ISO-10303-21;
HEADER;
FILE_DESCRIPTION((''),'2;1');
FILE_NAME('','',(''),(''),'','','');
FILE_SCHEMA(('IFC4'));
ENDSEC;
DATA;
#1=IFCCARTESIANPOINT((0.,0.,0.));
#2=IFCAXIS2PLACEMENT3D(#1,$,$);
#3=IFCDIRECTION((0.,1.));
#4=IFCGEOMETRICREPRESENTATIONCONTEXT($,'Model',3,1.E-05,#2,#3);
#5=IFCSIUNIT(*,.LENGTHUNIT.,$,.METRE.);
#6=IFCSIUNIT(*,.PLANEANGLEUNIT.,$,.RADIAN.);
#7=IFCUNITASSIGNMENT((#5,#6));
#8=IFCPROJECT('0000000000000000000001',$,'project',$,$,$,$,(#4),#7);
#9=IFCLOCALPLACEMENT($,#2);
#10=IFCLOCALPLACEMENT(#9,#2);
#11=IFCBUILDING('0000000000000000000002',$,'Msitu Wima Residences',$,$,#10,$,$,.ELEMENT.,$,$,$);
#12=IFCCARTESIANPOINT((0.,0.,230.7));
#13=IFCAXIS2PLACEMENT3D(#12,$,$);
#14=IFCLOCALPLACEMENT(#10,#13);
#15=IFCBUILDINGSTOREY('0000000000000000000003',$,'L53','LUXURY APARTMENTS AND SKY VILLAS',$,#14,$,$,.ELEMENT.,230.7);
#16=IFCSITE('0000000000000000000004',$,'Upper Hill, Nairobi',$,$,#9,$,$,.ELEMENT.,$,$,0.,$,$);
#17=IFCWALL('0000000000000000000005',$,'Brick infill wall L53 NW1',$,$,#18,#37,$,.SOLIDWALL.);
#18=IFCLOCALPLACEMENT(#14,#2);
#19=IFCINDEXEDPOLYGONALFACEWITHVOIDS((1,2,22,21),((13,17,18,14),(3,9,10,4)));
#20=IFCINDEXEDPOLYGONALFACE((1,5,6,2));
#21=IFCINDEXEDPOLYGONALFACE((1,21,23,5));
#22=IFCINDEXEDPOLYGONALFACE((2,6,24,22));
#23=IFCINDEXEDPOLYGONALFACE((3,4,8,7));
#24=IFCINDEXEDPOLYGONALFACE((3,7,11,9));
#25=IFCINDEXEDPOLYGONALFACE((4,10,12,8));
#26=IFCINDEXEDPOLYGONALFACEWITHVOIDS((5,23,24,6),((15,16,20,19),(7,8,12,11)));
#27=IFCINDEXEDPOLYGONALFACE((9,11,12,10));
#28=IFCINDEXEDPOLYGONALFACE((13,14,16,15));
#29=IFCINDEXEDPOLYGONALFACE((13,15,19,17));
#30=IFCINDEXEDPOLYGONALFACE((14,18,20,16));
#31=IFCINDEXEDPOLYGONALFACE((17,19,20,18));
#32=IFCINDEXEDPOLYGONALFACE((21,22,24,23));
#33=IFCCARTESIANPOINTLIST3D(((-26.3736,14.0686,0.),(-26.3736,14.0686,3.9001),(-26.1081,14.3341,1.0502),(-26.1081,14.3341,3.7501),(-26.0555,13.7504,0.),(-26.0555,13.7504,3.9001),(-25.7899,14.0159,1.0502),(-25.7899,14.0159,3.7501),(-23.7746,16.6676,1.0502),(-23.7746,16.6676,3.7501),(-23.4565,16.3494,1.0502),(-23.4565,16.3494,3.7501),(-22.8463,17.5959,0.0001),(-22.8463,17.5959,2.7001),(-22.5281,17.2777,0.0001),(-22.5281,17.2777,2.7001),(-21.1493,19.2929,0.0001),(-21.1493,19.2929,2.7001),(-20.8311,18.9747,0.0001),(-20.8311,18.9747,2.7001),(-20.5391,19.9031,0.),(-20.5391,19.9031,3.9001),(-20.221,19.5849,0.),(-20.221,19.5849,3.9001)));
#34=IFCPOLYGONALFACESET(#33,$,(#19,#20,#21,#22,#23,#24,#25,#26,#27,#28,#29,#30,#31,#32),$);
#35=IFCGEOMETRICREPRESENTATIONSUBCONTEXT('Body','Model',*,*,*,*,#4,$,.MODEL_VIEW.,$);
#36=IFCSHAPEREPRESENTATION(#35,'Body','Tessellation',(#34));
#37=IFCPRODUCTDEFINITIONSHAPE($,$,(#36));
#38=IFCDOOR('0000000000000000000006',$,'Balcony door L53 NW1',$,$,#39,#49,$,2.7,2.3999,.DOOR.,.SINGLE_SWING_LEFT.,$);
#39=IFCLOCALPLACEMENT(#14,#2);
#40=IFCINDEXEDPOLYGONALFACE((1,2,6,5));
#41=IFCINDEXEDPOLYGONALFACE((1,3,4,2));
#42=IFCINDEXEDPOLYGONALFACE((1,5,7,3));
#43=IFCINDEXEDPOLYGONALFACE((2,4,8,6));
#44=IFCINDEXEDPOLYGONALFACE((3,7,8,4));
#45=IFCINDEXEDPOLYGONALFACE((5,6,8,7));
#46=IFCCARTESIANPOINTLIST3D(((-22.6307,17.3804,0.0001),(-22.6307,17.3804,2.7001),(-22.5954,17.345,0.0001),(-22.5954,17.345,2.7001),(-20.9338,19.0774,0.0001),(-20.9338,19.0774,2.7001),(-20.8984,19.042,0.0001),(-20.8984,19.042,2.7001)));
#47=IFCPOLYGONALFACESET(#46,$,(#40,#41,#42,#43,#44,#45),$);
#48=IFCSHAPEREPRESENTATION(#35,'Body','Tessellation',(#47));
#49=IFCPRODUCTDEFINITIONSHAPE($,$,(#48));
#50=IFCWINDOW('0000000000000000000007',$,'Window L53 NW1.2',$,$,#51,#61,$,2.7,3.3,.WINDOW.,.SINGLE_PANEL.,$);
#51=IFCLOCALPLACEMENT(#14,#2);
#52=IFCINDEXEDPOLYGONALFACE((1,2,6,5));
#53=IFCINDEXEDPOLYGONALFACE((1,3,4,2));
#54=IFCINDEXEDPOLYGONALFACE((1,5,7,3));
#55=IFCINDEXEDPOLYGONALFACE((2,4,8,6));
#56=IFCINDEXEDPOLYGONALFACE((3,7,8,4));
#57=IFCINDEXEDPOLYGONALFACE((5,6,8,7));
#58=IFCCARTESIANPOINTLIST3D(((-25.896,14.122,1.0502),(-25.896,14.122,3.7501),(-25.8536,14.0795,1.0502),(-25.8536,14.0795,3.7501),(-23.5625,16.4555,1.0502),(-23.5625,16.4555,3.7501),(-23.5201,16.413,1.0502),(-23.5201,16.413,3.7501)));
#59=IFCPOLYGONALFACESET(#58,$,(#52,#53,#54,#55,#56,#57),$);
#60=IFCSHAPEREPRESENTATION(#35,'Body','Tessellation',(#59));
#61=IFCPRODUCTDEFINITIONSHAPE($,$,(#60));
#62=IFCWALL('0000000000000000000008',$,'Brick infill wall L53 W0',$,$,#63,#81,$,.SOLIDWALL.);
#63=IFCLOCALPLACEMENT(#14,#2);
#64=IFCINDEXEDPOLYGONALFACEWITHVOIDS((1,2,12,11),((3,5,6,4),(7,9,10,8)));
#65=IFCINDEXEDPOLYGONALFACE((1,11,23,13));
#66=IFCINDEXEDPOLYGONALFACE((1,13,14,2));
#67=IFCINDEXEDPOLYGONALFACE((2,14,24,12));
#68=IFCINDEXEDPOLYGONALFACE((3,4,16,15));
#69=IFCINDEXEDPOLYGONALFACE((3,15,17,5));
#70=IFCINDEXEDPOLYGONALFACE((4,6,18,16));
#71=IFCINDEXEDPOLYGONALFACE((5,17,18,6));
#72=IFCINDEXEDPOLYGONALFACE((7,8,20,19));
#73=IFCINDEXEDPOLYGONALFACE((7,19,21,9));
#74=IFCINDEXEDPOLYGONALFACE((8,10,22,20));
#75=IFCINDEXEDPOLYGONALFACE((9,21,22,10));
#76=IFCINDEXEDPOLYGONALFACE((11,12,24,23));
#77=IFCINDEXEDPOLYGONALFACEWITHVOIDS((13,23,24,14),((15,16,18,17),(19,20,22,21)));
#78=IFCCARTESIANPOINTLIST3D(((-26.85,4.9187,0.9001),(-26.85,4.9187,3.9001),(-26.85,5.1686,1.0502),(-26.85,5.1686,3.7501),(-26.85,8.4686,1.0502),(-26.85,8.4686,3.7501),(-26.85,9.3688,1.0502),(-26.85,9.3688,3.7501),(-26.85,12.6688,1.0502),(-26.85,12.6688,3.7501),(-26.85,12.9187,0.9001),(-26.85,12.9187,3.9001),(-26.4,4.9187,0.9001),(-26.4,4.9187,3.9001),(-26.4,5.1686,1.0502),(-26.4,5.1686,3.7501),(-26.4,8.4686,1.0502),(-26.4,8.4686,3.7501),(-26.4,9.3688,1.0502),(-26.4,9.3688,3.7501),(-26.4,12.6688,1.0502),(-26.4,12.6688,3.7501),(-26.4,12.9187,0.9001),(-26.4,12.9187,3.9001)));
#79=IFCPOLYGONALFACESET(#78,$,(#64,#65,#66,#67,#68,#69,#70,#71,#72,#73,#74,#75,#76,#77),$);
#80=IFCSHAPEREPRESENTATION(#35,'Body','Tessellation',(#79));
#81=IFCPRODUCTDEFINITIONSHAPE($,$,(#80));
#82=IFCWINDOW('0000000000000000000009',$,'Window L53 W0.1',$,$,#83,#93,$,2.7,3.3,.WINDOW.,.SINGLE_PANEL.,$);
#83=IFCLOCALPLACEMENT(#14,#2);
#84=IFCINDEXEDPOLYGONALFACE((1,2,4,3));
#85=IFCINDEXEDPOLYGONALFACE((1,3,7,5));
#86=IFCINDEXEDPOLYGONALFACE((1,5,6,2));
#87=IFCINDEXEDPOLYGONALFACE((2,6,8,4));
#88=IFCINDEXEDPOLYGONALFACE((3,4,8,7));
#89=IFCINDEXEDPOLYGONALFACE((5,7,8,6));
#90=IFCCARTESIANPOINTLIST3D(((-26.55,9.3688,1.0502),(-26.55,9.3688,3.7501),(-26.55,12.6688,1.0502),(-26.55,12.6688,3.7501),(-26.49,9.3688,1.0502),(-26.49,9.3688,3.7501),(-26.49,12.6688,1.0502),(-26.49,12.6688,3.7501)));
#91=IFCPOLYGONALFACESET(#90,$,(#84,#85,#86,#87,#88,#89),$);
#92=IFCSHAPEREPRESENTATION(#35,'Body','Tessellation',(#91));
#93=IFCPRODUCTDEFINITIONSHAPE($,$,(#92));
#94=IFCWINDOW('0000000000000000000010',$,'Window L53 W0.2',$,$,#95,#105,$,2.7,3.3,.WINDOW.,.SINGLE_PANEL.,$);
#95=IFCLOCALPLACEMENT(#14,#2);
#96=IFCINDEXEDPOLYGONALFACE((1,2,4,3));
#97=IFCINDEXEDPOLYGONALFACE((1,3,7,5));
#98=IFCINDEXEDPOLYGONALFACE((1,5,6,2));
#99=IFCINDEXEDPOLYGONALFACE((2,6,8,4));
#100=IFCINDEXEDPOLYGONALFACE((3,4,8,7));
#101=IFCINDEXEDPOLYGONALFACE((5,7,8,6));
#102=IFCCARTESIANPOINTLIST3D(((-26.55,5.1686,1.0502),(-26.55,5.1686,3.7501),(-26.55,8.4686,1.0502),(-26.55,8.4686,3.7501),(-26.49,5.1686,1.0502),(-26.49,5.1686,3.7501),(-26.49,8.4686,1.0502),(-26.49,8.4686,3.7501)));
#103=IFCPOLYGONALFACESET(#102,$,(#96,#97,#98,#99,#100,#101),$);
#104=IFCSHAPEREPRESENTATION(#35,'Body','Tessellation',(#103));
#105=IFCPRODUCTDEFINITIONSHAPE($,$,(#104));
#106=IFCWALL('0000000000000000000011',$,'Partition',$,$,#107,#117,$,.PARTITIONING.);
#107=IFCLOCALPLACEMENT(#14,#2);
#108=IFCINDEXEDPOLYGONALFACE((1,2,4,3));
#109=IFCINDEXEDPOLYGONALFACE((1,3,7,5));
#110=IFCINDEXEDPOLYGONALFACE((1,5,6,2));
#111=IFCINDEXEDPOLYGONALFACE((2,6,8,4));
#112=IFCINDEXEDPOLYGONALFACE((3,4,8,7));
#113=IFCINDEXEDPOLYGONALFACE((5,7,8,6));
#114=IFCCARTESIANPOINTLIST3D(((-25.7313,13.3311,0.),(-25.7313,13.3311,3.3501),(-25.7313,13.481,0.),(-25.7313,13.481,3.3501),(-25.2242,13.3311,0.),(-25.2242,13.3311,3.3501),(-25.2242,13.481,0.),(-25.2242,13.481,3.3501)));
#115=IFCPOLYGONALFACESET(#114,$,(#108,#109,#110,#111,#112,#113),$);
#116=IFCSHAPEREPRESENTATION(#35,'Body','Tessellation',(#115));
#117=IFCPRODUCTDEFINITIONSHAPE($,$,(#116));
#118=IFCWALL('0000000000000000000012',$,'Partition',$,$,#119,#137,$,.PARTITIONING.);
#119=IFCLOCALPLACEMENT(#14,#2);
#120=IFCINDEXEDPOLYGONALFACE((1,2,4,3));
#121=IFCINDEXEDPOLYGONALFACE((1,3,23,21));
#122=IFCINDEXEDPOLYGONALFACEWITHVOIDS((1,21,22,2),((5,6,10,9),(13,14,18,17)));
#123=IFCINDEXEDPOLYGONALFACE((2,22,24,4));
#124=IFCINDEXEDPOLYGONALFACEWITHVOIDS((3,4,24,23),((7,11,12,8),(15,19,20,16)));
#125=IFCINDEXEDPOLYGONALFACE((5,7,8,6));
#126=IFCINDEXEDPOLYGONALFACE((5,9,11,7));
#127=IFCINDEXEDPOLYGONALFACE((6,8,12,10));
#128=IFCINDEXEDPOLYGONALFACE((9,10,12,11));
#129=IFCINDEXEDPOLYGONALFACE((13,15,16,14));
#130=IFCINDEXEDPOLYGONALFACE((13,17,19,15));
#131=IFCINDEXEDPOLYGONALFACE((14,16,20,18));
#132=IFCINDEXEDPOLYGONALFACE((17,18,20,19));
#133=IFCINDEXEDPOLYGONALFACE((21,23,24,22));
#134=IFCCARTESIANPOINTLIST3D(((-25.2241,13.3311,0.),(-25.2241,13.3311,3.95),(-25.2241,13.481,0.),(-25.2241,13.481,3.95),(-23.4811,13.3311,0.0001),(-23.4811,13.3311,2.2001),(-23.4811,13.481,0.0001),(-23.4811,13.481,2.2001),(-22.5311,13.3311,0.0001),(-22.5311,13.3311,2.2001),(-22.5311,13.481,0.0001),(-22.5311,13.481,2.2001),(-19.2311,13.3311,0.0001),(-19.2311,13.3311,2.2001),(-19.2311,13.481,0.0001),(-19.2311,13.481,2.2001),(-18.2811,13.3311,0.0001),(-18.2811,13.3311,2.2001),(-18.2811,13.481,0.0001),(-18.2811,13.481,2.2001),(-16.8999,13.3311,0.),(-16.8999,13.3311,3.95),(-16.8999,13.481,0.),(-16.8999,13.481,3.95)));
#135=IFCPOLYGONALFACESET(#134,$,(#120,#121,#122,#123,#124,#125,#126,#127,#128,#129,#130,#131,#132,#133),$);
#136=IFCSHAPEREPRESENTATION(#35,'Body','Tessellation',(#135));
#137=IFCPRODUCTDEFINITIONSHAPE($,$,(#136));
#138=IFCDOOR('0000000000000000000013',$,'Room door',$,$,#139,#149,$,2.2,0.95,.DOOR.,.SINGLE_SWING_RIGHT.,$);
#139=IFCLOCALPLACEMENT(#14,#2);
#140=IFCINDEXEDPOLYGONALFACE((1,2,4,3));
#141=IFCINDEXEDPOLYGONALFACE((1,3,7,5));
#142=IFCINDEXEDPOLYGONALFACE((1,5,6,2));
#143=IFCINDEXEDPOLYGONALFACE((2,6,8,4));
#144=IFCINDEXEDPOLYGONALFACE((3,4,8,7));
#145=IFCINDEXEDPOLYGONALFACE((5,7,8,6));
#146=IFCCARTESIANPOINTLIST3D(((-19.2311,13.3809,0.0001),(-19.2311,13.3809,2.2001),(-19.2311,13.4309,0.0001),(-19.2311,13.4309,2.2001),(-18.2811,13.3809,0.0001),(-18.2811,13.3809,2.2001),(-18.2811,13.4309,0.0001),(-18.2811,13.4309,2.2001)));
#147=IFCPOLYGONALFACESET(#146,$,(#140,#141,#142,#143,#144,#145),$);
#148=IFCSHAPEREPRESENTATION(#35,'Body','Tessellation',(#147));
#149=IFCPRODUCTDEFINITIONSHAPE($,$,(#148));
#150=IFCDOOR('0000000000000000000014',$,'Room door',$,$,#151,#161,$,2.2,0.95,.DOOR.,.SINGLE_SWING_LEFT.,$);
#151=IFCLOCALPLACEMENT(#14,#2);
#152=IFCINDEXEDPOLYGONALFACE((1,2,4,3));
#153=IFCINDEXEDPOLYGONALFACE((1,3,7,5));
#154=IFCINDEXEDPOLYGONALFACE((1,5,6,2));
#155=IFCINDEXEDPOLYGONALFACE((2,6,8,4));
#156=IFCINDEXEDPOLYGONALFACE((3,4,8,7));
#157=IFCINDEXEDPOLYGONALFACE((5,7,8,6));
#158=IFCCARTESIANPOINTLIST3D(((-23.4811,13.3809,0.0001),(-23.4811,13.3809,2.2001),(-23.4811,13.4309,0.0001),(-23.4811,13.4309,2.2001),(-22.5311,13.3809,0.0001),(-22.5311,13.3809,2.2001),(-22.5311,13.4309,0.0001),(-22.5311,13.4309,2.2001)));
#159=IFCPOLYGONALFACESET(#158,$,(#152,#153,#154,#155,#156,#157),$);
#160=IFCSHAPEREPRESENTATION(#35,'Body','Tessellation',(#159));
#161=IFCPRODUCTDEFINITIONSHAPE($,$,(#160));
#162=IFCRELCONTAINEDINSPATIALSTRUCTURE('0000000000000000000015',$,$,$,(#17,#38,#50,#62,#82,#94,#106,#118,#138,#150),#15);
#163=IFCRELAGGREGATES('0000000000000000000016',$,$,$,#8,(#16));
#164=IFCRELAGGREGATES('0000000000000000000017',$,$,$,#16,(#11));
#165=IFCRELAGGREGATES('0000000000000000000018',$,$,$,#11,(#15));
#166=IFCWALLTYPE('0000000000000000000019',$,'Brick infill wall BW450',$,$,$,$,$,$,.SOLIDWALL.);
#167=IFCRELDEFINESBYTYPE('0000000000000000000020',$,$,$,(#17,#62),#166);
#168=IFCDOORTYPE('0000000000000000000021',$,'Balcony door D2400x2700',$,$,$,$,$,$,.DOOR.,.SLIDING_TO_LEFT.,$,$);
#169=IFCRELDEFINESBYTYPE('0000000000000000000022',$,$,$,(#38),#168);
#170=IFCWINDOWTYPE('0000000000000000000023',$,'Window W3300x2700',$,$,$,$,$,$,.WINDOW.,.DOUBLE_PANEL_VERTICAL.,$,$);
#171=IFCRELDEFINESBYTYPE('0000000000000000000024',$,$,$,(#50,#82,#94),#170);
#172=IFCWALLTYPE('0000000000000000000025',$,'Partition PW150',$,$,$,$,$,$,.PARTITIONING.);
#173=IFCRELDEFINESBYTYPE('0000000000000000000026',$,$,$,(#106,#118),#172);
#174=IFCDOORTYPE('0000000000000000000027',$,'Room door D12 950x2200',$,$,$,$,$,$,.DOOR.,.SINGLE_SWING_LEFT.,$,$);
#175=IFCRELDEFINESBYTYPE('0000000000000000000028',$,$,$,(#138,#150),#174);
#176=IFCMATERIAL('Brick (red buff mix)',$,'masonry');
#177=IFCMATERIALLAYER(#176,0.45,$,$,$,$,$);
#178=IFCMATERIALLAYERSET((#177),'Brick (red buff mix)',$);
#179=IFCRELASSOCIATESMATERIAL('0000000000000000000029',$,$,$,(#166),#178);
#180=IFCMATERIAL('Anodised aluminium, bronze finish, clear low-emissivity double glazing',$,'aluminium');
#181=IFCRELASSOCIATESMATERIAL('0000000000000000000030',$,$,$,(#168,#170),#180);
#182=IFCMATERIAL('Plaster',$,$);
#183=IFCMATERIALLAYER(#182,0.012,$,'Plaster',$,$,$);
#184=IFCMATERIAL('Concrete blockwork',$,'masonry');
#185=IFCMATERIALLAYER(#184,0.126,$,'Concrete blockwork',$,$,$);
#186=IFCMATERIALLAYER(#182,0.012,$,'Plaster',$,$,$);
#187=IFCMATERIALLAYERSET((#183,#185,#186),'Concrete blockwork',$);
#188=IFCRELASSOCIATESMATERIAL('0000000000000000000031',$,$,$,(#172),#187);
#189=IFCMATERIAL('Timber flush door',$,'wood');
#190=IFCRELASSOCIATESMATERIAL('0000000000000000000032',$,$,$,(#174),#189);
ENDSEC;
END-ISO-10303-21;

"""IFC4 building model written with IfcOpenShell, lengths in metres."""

from ifc_helpers import new_model, si_unit, direction, frame, frame_2d, origin, place, context, subcontext, project, spatial, rectangle, extrude, material, layer, layer_set, type_object, element, fill, save


model = new_model("IFC4")

# Units and contexts
model_context = context("Model", 3, precision=1e-05, world=origin(), true_north=direction((0.0, 1.0)))
body_context = subcontext(model_context, "Body", "Model", "MODEL_VIEW")
ifc_project = project(units=[si_unit("LENGTHUNIT", "METRE"), si_unit("PLANEANGLEUNIT", "RADIAN")], contexts=[model_context])

# Site, building, storey
site_placement = place(None, origin())
site = spatial("IfcSite", under=ifc_project, at=site_placement, Name="Upper Hill, Nairobi", CompositionType="ELEMENT", RefElevation=0.0)
building_placement = place(site_placement, origin())
building = spatial("IfcBuilding", under=site, at=building_placement, Name="Msitu Wima Residences", CompositionType="ELEMENT")
storey_placement = place(building_placement, frame((0.0, 0.0, 230.7)))
storey = spatial("IfcBuildingStorey", under=building, at=storey_placement, Name="L53", Description="LUXURY APARTMENTS AND SKY VILLAS", CompositionType="ELEMENT", Elevation=230.7)

# Wall, openings, door, window
ifc_material_1 = material(Name="Brick (red buff mix)", Category="masonry")
ifc_layer_1 = layer(ifc_material_1, 0.45)
ifc_layer_set_1 = layer_set([ifc_layer_1], Name="Brick (red buff mix)")
wall_type_1 = type_object("IfcWallType", Name="Brick infill wall BW450", PredefinedType="SOLIDWALL", material=ifc_layer_set_1)
wall_1_placement = place(storey_placement, frame((-20.3801, 19.7439, 0.0), z_axis=(0.0, 0.0, 1.0), x_axis=(-0.707107, -0.707107, 0.0)))
wall_1 = element("IfcWall", 1, at=wall_1_placement, inside=storey, type_object=wall_type_1, Name="Brick infill wall L53 NW1", PredefinedType="SOLIDWALL", context=body_context, shape_type="SweptSolid", body=[
    extrude(rectangle(XDim=8.2512, YDim=0.45, at=frame_2d((4.1255, 0.0))), origin(), (0.0, 0.0, 1.0), 3.9001),
])
opening_1_placement = place(wall_1_placement, frame((0.8628, 0.0, 0.0)))
opening_1 = element("IfcOpeningElement", 2, at=opening_1_placement, cuts=wall_1, PredefinedType="OPENING", context=body_context, shape_type="SweptSolid", body=[
    extrude(rectangle(XDim=2.3999, YDim=2.7, at=frame_2d((1.2, 1.3501))), frame((0.0, 0.2349, 0.0), z_axis=(0.0, -1.0, 0.0), x_axis=(1.0, 0.0, 0.0)), (0.0, 0.0, 1.0), 0.47),
])
opening_2_placement = place(wall_1_placement, frame((4.5757, 0.0, 1.05)))
opening_2 = element("IfcOpeningElement", 3, at=opening_2_placement, cuts=wall_1, PredefinedType="OPENING", context=body_context, shape_type="SweptSolid", body=[
    extrude(rectangle(XDim=3.3, YDim=2.7, at=frame_2d((1.6499, 1.3501))), frame((0.0, 0.2349, 0.0), z_axis=(0.0, -1.0, 0.0), x_axis=(1.0, 0.0, 0.0)), (0.0, 0.0, 1.0), 0.47),
])
ifc_material_2 = material(Name="Anodised aluminium, bronze finish, clear low-emissivity double glazing", Category="aluminium")
door_type_1 = type_object("IfcDoorType", Name="Balcony door D2400x2700", OperationType="SLIDING_TO_LEFT", PredefinedType="DOOR", material=ifc_material_2)
door_1_placement = place(opening_1_placement, origin())
door_1 = element("IfcDoor", 4, at=door_1_placement, inside=storey, type_object=door_type_1, Name="Balcony door L53 NW1", OperationType="SINGLE_SWING_LEFT", OverallHeight=2.7, OverallWidth=2.3999, PredefinedType="DOOR", context=body_context, shape_type="SweptSolid", body=[
    extrude(rectangle(XDim=2.3999, YDim=2.7, at=frame_2d((1.2, 1.3501))), frame((0.0, 0.1299, 0.0), z_axis=(0.0, -1.0, 0.0), x_axis=(1.0, 0.0, 0.0)), (0.0, 0.0, 1.0), 0.05),
])
fill(opening_1, door_1)
window_type = type_object("IfcWindowType", Name="Window W3300x2700", PartitioningType="DOUBLE_PANEL_VERTICAL", PredefinedType="WINDOW", material=ifc_material_2)
window_1_placement = place(opening_2_placement, origin())
window_1 = element("IfcWindow", 5, at=window_1_placement, inside=storey, type_object=window_type, Name="Window L53 NW1.2", OverallHeight=2.7, OverallWidth=3.3, PartitioningType="SINGLE_PANEL", PredefinedType="WINDOW", context=body_context, shape_type="SweptSolid", body=[
    extrude(rectangle(XDim=3.3, YDim=2.7, at=frame_2d((1.6499, 1.3501))), frame((0.0, 0.135, 0.0), z_axis=(0.0, -1.0, 0.0), x_axis=(1.0, 0.0, 0.0)), (0.0, 0.0, 1.0), 0.0601),
])
fill(opening_2, window_1)

# Wall, openings, windows
wall_2_placement = place(storey_placement, frame((-26.625, 12.9187, 0.9001), z_axis=(0.0, 0.0, 1.0), x_axis=(0.0, -1.0, 0.0)))
wall_2 = element("IfcWall", 6, at=wall_2_placement, inside=storey, type_object=wall_type_1, Name="Brick infill wall L53 W0", PredefinedType="SOLIDWALL", context=body_context, shape_type="SweptSolid", body=[
    extrude(rectangle(XDim=8.0, YDim=0.45, at=frame_2d((4.0, 0.0))), origin(), (0.0, 0.0, 1.0), 3.0),
])
opening_3_placement = place(wall_2_placement, frame((0.25, 0.0, 0.1499)))
opening_3 = element("IfcOpeningElement", 7, at=opening_3_placement, cuts=wall_2, PredefinedType="OPENING", context=body_context, shape_type="SweptSolid", body=[
    extrude(rectangle(XDim=3.3, YDim=2.7, at=frame_2d((1.6499, 1.3501))), frame((0.0, 0.2349, 0.0), z_axis=(0.0, -1.0, 0.0), x_axis=(1.0, 0.0, 0.0)), (0.0, 0.0, 1.0), 0.47),
])
opening_4_placement = place(wall_2_placement, frame((4.4502, 0.0, 0.1499)))
opening_4 = element("IfcOpeningElement", 8, at=opening_4_placement, cuts=wall_2, PredefinedType="OPENING", context=body_context, shape_type="SweptSolid", body=[
    extrude(rectangle(XDim=3.3, YDim=2.7, at=frame_2d((1.6499, 1.3501))), frame((0.0, 0.2349, 0.0), z_axis=(0.0, -1.0, 0.0), x_axis=(1.0, 0.0, 0.0)), (0.0, 0.0, 1.0), 0.47),
])
window_2_placement = place(opening_3_placement, origin())
window_2 = element("IfcWindow", 9, at=window_2_placement, inside=storey, type_object=window_type, Name="Window L53 W0.1", OverallHeight=2.7, OverallWidth=3.3, PartitioningType="SINGLE_PANEL", PredefinedType="WINDOW", context=body_context, shape_type="SweptSolid", body=[
    extrude(rectangle(XDim=3.3, YDim=2.7, at=frame_2d((1.6499, 1.3501))), frame((0.0, 0.135, 0.0), z_axis=(0.0, -1.0, 0.0), x_axis=(1.0, 0.0, 0.0)), (0.0, 0.0, 1.0), 0.0601),
])
fill(opening_3, window_2)
window_3_placement = place(opening_4_placement, origin())
window_3 = element("IfcWindow", 10, at=window_3_placement, inside=storey, type_object=window_type, Name="Window L53 W0.2", OverallHeight=2.7, OverallWidth=3.3, PartitioningType="SINGLE_PANEL", PredefinedType="WINDOW", context=body_context, shape_type="SweptSolid", body=[
    extrude(rectangle(XDim=3.3, YDim=2.7, at=frame_2d((1.6499, 1.3501))), frame((0.0, 0.135, 0.0), z_axis=(0.0, -1.0, 0.0), x_axis=(1.0, 0.0, 0.0)), (0.0, 0.0, 1.0), 0.0601),
])
fill(opening_4, window_3)

# Wall
ifc_material_3 = material(Name="Plaster")
ifc_layer_2 = layer(ifc_material_3, 0.012, Name="Plaster")
ifc_material_4 = material(Name="Concrete blockwork", Category="masonry")
ifc_layer_3 = layer(ifc_material_4, 0.126, Name="Concrete blockwork")
ifc_layer_4 = layer(ifc_material_3, 0.012, Name="Plaster")
ifc_layer_set_2 = layer_set([ifc_layer_2, ifc_layer_3, ifc_layer_4], Name="Concrete blockwork")
wall_type_2 = type_object("IfcWallType", Name="Partition PW150", PredefinedType="PARTITIONING", material=ifc_layer_set_2)
wall_3_placement = place(storey_placement, frame((-25.7312, 13.406, 0.0), z_axis=(0.0, 0.0, 1.0), x_axis=(1.0, 0.0, 0.0)))
element("IfcWall", 11, at=wall_3_placement, inside=storey, type_object=wall_type_2, Name="Partition", PredefinedType="PARTITIONING", context=body_context, shape_type="SweptSolid", body=[
    extrude(rectangle(XDim=0.5071, YDim=0.1499, at=frame_2d((0.2534, 0.0))), origin(), (0.0, 0.0, 1.0), 3.3501),
])

# Wall, openings, doors
wall_4_placement = place(storey_placement, frame((-25.2241, 13.406, 0.0), z_axis=(0.0, 0.0, 1.0), x_axis=(1.0, 0.0, 0.0)))
wall_4 = element("IfcWall", 12, at=wall_4_placement, inside=storey, type_object=wall_type_2, Name="Partition", PredefinedType="PARTITIONING", context=body_context, shape_type="SweptSolid", body=[
    extrude(rectangle(XDim=8.3242, YDim=0.1499, at=frame_2d((4.1621, 0.0))), origin(), (0.0, 0.0, 1.0), 3.95),
])
opening_5_placement = place(wall_4_placement, frame((5.9929, 0.0, 0.0)))
opening_5 = element("IfcOpeningElement", 13, at=opening_5_placement, cuts=wall_4, PredefinedType="OPENING", context=body_context, shape_type="SweptSolid", body=[
    extrude(rectangle(XDim=0.95, YDim=2.2, at=frame_2d((0.4751, 1.1001))), frame((0.0, 0.085, 0.0), z_axis=(0.0, -1.0, 0.0), x_axis=(1.0, 0.0, 0.0)), (0.0, 0.0, 1.0), 0.1699),
])
opening_6_placement = place(wall_4_placement, frame((1.7429, 0.0, 0.0)))
opening_6 = element("IfcOpeningElement", 14, at=opening_6_placement, cuts=wall_4, PredefinedType="OPENING", context=body_context, shape_type="SweptSolid", body=[
    extrude(rectangle(XDim=0.95, YDim=2.2, at=frame_2d((0.4751, 1.1001))), frame((0.0, 0.085, 0.0), z_axis=(0.0, -1.0, 0.0), x_axis=(1.0, 0.0, 0.0)), (0.0, 0.0, 1.0), 0.1699),
])
ifc_material_5 = material(Name="Timber flush door", Category="wood")
door_type_2 = type_object("IfcDoorType", Name="Room door D12 950x2200", OperationType="SINGLE_SWING_LEFT", PredefinedType="DOOR", material=ifc_material_5)
door_2_placement = place(opening_5_placement, origin())
door_2 = element("IfcDoor", 15, at=door_2_placement, inside=storey, type_object=door_type_2, Name="Room door", OperationType="SINGLE_SWING_RIGHT", OverallHeight=2.2, OverallWidth=0.95, PredefinedType="DOOR", context=body_context, shape_type="SweptSolid", body=[
    extrude(rectangle(XDim=0.95, YDim=2.2, at=frame_2d((0.4751, 1.1001))), frame((0.0, 0.0249, 0.0), z_axis=(0.0, -1.0, 0.0), x_axis=(1.0, 0.0, 0.0)), (0.0, 0.0, 1.0), 0.05),
])
fill(opening_5, door_2)
door_3_placement = place(opening_6_placement, origin())
door_3 = element("IfcDoor", 16, at=door_3_placement, inside=storey, type_object=door_type_2, Name="Room door", OperationType="SINGLE_SWING_LEFT", OverallHeight=2.2, OverallWidth=0.95, PredefinedType="DOOR", context=body_context, shape_type="SweptSolid", body=[
    extrude(rectangle(XDim=0.95, YDim=2.2, at=frame_2d((0.4751, 1.1001))), frame((0.0, 0.0249, 0.0), z_axis=(0.0, -1.0, 0.0), x_axis=(1.0, 0.0, 0.0)), (0.0, 0.0, 1.0), 0.05),
])
fill(opening_6, door_3)

save(model, "model.ifc")
